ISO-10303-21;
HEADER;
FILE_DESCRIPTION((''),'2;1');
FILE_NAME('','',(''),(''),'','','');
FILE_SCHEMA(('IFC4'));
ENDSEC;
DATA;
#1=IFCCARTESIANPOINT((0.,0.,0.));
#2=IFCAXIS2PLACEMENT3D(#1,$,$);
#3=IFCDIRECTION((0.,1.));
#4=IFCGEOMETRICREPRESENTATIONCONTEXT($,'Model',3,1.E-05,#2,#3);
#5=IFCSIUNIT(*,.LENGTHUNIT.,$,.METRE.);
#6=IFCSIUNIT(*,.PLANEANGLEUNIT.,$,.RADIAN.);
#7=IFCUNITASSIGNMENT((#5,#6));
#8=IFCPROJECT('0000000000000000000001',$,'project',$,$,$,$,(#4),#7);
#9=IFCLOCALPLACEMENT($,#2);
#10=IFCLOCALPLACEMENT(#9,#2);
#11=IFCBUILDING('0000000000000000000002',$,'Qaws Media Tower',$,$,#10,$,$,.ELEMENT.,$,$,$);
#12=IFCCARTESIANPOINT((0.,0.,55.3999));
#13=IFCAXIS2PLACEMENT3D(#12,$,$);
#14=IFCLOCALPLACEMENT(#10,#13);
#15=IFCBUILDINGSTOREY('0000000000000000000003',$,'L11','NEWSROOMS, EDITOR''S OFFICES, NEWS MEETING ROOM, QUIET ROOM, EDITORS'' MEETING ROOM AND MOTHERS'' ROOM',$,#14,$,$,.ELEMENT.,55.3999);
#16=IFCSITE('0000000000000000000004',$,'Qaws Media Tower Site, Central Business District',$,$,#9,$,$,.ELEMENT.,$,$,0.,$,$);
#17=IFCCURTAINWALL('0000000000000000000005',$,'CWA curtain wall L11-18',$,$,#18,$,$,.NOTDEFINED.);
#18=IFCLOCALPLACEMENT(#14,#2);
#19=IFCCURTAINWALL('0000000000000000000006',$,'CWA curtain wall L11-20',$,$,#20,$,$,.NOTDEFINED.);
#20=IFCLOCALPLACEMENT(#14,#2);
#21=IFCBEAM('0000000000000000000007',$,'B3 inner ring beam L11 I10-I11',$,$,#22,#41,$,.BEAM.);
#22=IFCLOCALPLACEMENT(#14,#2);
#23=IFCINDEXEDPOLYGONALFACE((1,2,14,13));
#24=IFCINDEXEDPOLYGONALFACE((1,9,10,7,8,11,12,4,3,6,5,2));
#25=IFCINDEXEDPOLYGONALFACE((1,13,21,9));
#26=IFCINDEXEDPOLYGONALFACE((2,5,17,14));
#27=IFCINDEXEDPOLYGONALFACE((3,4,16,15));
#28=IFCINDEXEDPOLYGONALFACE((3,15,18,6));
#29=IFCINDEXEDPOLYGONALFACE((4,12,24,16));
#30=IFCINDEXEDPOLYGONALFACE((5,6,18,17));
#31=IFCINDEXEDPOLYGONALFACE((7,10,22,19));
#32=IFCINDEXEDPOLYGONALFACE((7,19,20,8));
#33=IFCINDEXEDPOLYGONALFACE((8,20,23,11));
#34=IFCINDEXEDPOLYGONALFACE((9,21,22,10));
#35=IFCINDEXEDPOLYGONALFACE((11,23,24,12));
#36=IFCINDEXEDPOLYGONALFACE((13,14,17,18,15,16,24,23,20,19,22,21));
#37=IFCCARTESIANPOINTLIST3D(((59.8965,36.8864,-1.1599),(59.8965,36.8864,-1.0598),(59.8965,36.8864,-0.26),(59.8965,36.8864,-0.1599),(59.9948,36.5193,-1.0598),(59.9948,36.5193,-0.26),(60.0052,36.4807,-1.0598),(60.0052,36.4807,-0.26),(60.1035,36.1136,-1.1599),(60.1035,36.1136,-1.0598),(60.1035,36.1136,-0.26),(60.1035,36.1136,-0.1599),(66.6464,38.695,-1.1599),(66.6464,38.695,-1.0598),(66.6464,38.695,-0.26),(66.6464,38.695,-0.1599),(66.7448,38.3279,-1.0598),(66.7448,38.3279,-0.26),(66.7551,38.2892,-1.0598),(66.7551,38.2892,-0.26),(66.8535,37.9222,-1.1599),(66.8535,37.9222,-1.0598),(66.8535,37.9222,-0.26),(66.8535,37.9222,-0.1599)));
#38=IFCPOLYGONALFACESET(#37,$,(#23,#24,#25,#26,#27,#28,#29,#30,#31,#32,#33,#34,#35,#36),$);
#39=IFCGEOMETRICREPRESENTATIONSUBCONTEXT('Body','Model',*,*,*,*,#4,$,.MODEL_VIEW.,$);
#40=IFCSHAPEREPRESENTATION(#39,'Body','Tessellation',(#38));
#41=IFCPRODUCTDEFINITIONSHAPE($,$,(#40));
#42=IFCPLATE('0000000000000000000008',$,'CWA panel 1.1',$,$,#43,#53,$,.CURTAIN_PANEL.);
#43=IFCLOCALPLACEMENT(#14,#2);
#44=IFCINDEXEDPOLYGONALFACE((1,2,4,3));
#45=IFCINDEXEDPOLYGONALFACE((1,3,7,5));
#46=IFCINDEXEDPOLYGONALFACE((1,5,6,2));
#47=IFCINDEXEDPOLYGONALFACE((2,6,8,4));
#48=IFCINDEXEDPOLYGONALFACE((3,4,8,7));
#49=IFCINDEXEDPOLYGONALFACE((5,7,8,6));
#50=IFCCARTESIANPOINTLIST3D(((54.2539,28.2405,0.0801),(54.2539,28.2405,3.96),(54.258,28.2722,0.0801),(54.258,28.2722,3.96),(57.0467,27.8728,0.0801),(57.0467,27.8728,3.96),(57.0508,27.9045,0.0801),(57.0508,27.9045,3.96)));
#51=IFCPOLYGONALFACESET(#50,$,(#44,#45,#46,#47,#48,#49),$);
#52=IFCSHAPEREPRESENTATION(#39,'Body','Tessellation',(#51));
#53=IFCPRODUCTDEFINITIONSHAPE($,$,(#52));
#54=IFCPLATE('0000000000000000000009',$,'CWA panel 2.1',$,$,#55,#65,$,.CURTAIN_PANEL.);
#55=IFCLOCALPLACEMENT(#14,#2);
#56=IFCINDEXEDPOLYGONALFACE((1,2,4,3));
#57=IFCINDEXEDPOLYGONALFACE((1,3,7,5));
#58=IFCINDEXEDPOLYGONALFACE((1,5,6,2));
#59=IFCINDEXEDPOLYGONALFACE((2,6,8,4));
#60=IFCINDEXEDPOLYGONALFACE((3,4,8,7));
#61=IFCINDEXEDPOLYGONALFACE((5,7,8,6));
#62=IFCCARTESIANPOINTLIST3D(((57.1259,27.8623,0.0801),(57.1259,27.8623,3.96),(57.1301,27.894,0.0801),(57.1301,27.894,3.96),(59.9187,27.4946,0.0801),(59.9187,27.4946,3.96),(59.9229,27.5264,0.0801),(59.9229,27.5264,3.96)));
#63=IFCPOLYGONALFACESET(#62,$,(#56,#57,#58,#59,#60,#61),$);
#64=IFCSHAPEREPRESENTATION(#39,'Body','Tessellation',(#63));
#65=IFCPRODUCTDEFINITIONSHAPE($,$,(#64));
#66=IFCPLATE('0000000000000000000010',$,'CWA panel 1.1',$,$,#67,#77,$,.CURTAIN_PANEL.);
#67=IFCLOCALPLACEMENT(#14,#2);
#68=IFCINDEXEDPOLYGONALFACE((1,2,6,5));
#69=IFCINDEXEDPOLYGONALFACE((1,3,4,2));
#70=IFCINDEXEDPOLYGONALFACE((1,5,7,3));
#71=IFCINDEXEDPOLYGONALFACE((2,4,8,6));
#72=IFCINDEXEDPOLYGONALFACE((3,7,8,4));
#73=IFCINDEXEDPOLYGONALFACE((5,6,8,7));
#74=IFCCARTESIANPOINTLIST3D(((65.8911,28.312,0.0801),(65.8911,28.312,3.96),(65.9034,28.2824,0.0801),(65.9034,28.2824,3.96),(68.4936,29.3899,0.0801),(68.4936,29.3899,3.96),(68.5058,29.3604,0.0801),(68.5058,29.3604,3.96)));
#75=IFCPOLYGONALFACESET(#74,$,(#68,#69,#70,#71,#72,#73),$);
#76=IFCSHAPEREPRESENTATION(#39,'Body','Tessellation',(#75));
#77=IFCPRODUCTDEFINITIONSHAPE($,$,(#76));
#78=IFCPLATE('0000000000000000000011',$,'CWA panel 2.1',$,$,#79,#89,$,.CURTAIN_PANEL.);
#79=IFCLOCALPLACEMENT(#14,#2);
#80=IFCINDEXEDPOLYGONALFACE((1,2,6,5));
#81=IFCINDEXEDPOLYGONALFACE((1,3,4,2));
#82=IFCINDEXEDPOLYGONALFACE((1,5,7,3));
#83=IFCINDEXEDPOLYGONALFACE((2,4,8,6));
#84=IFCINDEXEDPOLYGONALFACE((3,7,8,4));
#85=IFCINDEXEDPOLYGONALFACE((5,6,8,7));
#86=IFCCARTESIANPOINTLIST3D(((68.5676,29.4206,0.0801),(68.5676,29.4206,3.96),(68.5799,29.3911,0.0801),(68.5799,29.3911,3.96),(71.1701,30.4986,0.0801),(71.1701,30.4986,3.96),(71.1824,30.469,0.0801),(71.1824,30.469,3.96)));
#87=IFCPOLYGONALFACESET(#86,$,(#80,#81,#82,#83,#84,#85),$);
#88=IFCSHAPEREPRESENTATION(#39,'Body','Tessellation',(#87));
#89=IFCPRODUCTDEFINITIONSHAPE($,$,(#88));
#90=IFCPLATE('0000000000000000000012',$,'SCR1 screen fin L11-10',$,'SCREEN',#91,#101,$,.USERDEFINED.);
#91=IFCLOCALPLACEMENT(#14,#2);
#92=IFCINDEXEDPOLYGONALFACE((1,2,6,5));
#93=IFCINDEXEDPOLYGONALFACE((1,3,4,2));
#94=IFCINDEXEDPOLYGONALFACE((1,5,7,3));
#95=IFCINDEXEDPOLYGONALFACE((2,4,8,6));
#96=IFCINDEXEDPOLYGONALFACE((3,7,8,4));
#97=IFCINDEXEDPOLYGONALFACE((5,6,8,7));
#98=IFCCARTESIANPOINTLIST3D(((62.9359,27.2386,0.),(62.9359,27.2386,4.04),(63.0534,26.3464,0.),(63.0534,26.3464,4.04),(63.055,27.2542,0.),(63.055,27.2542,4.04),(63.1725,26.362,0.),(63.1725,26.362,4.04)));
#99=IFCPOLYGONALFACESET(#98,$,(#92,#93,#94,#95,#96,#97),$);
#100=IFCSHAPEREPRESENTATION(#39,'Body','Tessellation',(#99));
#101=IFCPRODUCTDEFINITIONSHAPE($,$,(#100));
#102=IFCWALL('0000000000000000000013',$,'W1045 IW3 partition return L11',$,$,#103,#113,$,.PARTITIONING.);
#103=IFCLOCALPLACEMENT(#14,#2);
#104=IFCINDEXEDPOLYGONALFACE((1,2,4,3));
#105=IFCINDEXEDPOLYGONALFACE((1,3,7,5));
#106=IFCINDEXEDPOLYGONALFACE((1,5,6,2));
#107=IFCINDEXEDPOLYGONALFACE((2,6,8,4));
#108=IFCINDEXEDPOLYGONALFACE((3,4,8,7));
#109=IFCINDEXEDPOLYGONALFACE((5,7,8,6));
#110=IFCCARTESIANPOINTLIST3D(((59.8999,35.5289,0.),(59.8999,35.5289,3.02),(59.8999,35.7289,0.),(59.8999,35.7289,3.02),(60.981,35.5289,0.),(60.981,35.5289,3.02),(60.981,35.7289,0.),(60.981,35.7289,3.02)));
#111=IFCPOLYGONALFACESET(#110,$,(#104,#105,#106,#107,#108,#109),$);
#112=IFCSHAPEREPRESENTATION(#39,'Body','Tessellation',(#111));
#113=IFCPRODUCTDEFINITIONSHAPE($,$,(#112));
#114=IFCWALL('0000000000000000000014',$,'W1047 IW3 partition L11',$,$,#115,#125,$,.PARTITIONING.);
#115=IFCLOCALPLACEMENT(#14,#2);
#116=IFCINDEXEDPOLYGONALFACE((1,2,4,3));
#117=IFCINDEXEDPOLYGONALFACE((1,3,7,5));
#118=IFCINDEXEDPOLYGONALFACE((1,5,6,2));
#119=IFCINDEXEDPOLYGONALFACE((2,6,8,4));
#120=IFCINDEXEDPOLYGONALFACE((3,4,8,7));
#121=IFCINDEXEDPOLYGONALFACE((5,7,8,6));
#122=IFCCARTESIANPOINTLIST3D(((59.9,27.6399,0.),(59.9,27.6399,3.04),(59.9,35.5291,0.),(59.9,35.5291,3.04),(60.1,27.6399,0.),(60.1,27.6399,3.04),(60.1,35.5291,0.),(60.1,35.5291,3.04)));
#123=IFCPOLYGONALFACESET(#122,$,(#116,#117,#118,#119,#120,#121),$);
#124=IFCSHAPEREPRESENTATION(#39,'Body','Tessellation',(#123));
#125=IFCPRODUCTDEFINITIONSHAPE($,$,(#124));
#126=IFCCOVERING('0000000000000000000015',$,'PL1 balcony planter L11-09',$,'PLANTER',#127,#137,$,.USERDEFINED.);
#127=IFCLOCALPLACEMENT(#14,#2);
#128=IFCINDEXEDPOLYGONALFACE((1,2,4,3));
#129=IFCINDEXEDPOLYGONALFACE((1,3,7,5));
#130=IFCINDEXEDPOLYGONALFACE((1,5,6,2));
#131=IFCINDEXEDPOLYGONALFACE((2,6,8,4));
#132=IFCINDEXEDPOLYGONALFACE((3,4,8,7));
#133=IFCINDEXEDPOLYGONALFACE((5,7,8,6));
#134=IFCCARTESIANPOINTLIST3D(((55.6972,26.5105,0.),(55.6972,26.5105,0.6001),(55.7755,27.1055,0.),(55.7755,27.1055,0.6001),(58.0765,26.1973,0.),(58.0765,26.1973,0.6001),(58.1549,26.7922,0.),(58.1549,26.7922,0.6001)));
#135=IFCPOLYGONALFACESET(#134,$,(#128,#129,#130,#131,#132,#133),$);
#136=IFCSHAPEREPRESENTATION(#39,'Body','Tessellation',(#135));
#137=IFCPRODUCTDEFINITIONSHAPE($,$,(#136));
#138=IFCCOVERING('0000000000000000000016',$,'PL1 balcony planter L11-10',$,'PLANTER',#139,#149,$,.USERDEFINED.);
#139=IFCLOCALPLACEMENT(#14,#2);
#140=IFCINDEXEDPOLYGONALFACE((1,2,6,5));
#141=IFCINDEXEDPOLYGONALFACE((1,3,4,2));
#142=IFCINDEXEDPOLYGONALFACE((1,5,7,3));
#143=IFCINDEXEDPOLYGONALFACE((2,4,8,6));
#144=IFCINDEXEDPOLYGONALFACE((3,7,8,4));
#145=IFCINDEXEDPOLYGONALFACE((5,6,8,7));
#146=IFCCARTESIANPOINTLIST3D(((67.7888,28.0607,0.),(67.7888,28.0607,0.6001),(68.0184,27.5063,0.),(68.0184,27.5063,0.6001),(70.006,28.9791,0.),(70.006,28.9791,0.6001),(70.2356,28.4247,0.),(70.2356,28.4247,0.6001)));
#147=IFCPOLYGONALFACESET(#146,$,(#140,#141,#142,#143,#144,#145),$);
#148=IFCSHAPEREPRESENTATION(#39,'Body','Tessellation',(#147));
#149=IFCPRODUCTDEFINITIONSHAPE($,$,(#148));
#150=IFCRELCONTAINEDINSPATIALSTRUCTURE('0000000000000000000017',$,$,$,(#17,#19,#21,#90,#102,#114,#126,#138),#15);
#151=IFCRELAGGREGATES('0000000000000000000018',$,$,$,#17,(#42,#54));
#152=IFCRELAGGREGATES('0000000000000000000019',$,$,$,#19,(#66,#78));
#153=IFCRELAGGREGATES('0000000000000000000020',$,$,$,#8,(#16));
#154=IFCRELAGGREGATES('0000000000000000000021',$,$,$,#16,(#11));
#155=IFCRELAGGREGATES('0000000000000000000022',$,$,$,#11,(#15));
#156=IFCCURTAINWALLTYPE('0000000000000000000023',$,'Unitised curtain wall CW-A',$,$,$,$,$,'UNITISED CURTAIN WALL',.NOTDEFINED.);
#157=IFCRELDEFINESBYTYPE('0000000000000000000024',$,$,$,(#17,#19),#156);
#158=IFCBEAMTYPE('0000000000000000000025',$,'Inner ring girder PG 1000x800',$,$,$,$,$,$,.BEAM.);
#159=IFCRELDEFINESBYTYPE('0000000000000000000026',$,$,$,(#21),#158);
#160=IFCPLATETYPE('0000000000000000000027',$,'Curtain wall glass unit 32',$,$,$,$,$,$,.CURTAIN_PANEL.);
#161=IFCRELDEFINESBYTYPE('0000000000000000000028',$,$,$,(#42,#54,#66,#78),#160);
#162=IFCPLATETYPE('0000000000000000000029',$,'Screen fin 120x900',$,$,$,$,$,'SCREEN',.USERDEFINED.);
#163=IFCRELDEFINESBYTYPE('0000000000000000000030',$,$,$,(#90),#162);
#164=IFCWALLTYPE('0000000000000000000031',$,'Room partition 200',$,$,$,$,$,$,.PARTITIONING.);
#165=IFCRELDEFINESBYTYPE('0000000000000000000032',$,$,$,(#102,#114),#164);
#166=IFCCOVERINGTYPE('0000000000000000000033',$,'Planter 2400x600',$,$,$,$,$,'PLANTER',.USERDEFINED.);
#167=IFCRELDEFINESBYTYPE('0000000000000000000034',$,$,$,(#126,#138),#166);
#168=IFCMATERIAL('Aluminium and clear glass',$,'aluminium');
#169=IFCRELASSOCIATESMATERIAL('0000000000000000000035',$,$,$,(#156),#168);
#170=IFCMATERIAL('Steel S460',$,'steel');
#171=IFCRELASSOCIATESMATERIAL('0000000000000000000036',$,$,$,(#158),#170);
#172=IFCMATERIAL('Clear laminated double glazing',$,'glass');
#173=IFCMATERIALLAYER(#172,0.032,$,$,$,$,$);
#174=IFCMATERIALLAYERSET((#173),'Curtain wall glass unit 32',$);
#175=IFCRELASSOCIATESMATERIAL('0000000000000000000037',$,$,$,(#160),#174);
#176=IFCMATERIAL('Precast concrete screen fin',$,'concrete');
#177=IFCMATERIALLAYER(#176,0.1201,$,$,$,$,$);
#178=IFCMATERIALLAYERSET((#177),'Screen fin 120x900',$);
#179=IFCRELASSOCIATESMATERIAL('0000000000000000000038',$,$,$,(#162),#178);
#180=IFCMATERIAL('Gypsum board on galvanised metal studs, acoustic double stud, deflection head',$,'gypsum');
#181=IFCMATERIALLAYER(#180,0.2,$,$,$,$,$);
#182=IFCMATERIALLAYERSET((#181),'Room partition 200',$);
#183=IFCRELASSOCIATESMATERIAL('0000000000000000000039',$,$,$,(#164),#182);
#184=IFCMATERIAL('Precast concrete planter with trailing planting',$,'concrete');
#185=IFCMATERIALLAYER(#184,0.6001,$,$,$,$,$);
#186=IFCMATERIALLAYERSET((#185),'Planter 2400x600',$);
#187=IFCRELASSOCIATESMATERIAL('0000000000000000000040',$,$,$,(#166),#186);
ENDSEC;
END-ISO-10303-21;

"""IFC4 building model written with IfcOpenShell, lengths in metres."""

from ifc_helpers import new_model, si_unit, direction, frame, frame_2d, origin, origin_2d, place, context, subcontext, project, spatial, rectangle, i_section, extrude, material, layer, layer_set, material_profile, profile_set, type_object, element, aggregate, save


model = new_model("IFC4")

# Units and contexts
model_context = context("Model", 3, precision=1e-05, world=origin(), true_north=direction((0.0, 1.0)))
body_context = subcontext(model_context, "Body", "Model", "MODEL_VIEW")
ifc_project = project(units=[si_unit("LENGTHUNIT", "METRE"), si_unit("PLANEANGLEUNIT", "RADIAN")], contexts=[model_context])

# Site, building, storey
site_placement = place(None, origin())
site = spatial("IfcSite", under=ifc_project, at=site_placement, Name="Qaws Media Tower Site, Central Business District", CompositionType="ELEMENT", RefElevation=0.0)
building_placement = place(site_placement, origin())
building = spatial("IfcBuilding", under=site, at=building_placement, Name="Qaws Media Tower", CompositionType="ELEMENT")
storey_placement = place(building_placement, frame((0.0, 0.0, 55.3999)))
storey = spatial("IfcBuildingStorey", under=building, at=storey_placement, Name="L11", Description="NEWSROOMS, EDITOR'S OFFICES, NEWS MEETING ROOM, QUIET ROOM, EDITORS' MEETING ROOM AND MOTHERS' ROOM", CompositionType="ELEMENT", Elevation=55.3999)

# Curtain walls
ifc_material_1 = material(Name="Aluminium and clear glass", Category="aluminium")
curtain_wall_type = type_object("IfcCurtainWallType", Name="Unitised curtain wall CW-A", ElementType="UNITISED CURTAIN WALL", PredefinedType="NOTDEFINED", material=ifc_material_1)
curtain_wall_1_placement = place(storey_placement, origin())
curtain_wall_1 = element("IfcCurtainWall", 1, at=curtain_wall_1_placement, inside=storey, type_object=curtain_wall_type, Name="CWA curtain wall L11-18", PredefinedType="NOTDEFINED")
curtain_wall_2_placement = place(storey_placement, origin())
curtain_wall_2 = element("IfcCurtainWall", 2, at=curtain_wall_2_placement, inside=storey, type_object=curtain_wall_type, Name="CWA curtain wall L11-20", PredefinedType="NOTDEFINED")

# Beam
ifc_material_2 = material(Name="Steel S460", Category="steel")
ifc_material_profile_1 = material_profile(ifc_material_2, i_section(OverallWidth=0.8, OverallDepth=1.0, WebThickness=0.04, FlangeThickness=0.1001, at=origin_2d()), Name="PG 1000x800")
ifc_profile_set_1 = profile_set([ifc_material_profile_1], Name="Steel S460")
beam_type_1 = type_object("IfcBeamType", Name="Inner ring girder PG 1000x800", PredefinedType="BEAM", material=ifc_profile_set_1)
beam_1_placement = place(storey_placement, frame((60.0, 36.5, -0.6599), z_axis=(0.965928, 0.258811, 0.0), x_axis=(-0.258811, 0.965928, 0.0)))
element("IfcBeam", 3, at=beam_1_placement, inside=storey, type_object=beam_type_1, Name="B3 inner ring beam L11 I10-I11", PredefinedType="BEAM", context=body_context, shape_type="SweptSolid", body=[
    extrude(i_section(OverallWidth=0.8, OverallDepth=1.0, WebThickness=0.04, FlangeThickness=0.1001, at=origin_2d()), origin(), (0.0, 0.0, 1.0), 6.988),
])

# Plates
ifc_material_3 = material(Name="Clear laminated double glazing", Category="glass")
ifc_layer_1 = layer(ifc_material_3, 0.032)
ifc_layer_set_1 = layer_set([ifc_layer_1], Name="Curtain wall glass unit 32")
plate_type_1 = type_object("IfcPlateType", Name="Curtain wall glass unit 32", PredefinedType="CURTAIN_PANEL", material=ifc_layer_set_1)
plate_1_placement = place(storey_placement, frame((55.6523, 28.0725, 0.0801), z_axis=(0.0, 0.0, 1.0), x_axis=(0.991445, -0.130526, 0.0)))
plate_1 = element("IfcPlate", 4, at=plate_1_placement, type_object=plate_type_1, Name="CWA panel 1.1", PredefinedType="CURTAIN_PANEL", context=body_context, shape_type="SweptSolid", body=[
    extrude(rectangle(XDim=2.8169, YDim=0.032, at=origin_2d()), origin(), (0.0, 0.0, 1.0), 3.8799),
])
plate_2_placement = place(storey_placement, frame((58.5244, 27.6943, 0.0801), z_axis=(0.0, 0.0, 1.0), x_axis=(0.991445, -0.130526, 0.0)))
plate_2 = element("IfcPlate", 5, at=plate_2_placement, type_object=plate_type_1, Name="CWA panel 2.1", PredefinedType="CURTAIN_PANEL", context=body_context, shape_type="SweptSolid", body=[
    extrude(rectangle(XDim=2.8169, YDim=0.032, at=origin_2d()), origin(), (0.0, 0.0, 1.0), 3.8799),
])
aggregate(curtain_wall_1, [plate_1, plate_2])
plate_3_placement = place(storey_placement, frame((67.1985, 28.8362, 0.0801), z_axis=(0.0, 0.0, 1.0), x_axis=(0.92388, 0.382683, 0.0)))
plate_3 = element("IfcPlate", 6, at=plate_3_placement, type_object=plate_type_1, Name="CWA panel 1.1", PredefinedType="CURTAIN_PANEL", context=body_context, shape_type="SweptSolid", body=[
    extrude(rectangle(XDim=2.8169, YDim=0.032, at=origin_2d()), origin(), (0.0, 0.0, 1.0), 3.8799),
])
plate_4_placement = place(storey_placement, frame((69.875, 29.9448, 0.0801), z_axis=(0.0, 0.0, 1.0), x_axis=(0.92388, 0.382683, 0.0)))
plate_4 = element("IfcPlate", 7, at=plate_4_placement, type_object=plate_type_1, Name="CWA panel 2.1", PredefinedType="CURTAIN_PANEL", context=body_context, shape_type="SweptSolid", body=[
    extrude(rectangle(XDim=2.8169, YDim=0.032, at=origin_2d()), origin(), (0.0, 0.0, 1.0), 3.8799),
])
aggregate(curtain_wall_2, [plate_3, plate_4])
ifc_material_4 = material(Name="Precast concrete screen fin", Category="concrete")
ifc_layer_2 = layer(ifc_material_4, 0.1201)
ifc_layer_set_2 = layer_set([ifc_layer_2], Name="Screen fin 120x900")
plate_type_2 = type_object("IfcPlateType", Name="Screen fin 120x900", ElementType="SCREEN", PredefinedType="USERDEFINED", material=ifc_layer_set_2)
plate_5_placement = place(storey_placement, frame((63.0542, 26.8003, 0.0), z_axis=(0.0, 0.0, 1.0), x_axis=(0.130526, -0.991445, 0.0)))
element("IfcPlate", 8, at=plate_5_placement, inside=storey, type_object=plate_type_2, Name="SCR1 screen fin L11-10", ObjectType="SCREEN", PredefinedType="USERDEFINED", context=body_context, shape_type="SweptSolid", body=[
    extrude(rectangle(XDim=0.8999, YDim=0.1201, at=origin_2d()), origin(), (0.0, 0.0, 1.0), 4.04),
])

# Walls
ifc_material_5 = material(Name="Gypsum board on galvanised metal studs, acoustic double stud, deflection head", Category="gypsum")
ifc_layer_3 = layer(ifc_material_5, 0.2)
ifc_layer_set_3 = layer_set([ifc_layer_3], Name="Room partition 200")
wall_type_1 = type_object("IfcWallType", Name="Room partition 200", PredefinedType="PARTITIONING", material=ifc_layer_set_3)
wall_1_placement = place(storey_placement, frame((59.8999, 35.6289, 0.0), z_axis=(0.0, 0.0, 1.0), x_axis=(1.0, 0.0, 0.0)))
element("IfcWall", 9, at=wall_1_placement, inside=storey, type_object=wall_type_1, Name="W1045 IW3 partition return L11", PredefinedType="PARTITIONING", context=body_context, shape_type="SweptSolid", body=[
    extrude(rectangle(XDim=1.0811, YDim=0.2, at=frame_2d((0.5405, 0.0))), origin(), (0.0, 0.0, 1.0), 3.02),
])
wall_2_placement = place(storey_placement, frame((60.0, 35.5291, 0.0), z_axis=(0.0, 0.0, 1.0), x_axis=(0.0, -1.0, 0.0)))
element("IfcWall", 10, at=wall_2_placement, inside=storey, type_object=wall_type_1, Name="W1047 IW3 partition L11", PredefinedType="PARTITIONING", context=body_context, shape_type="SweptSolid", body=[
    extrude(rectangle(XDim=7.8892, YDim=0.2, at=frame_2d((3.9446, 0.0))), origin(), (0.0, 0.0, 1.0), 3.04),
])

# Coverings
ifc_material_6 = material(Name="Precast concrete planter with trailing planting", Category="concrete")
ifc_layer_4 = layer(ifc_material_6, 0.6001)
ifc_layer_set_4 = layer_set([ifc_layer_4], Name="Planter 2400x600")
covering_type = type_object("IfcCoveringType", Name="Planter 2400x600", ElementType="PLANTER", PredefinedType="USERDEFINED", material=ifc_layer_set_4)
for number, where, z_axis, x_axis, name in (
    (11, (56.926, 26.6514, 0.0), (0.0, 0.0, 1.0), (0.991445, -0.130526, 0.0), "PL1 balcony planter L11-09"),
    (12, (69.0122, 28.2427, 0.0), (0.0, 0.0, 1.0), (0.92388, 0.382683, 0.0), "PL1 balcony planter L11-10"),
):
    element("IfcCovering", number, at=place(storey_placement, frame(where, z_axis=z_axis, x_axis=x_axis)), inside=storey, type_object=covering_type, Name=name, ObjectType="PLANTER", PredefinedType="USERDEFINED", context=body_context, shape_type="SweptSolid", body=[
        extrude(rectangle(XDim=2.3999, YDim=0.6001, at=origin_2d()), origin(), (0.0, 0.0, 1.0), 0.6001),
    ])

save(model, "model.ifc")
